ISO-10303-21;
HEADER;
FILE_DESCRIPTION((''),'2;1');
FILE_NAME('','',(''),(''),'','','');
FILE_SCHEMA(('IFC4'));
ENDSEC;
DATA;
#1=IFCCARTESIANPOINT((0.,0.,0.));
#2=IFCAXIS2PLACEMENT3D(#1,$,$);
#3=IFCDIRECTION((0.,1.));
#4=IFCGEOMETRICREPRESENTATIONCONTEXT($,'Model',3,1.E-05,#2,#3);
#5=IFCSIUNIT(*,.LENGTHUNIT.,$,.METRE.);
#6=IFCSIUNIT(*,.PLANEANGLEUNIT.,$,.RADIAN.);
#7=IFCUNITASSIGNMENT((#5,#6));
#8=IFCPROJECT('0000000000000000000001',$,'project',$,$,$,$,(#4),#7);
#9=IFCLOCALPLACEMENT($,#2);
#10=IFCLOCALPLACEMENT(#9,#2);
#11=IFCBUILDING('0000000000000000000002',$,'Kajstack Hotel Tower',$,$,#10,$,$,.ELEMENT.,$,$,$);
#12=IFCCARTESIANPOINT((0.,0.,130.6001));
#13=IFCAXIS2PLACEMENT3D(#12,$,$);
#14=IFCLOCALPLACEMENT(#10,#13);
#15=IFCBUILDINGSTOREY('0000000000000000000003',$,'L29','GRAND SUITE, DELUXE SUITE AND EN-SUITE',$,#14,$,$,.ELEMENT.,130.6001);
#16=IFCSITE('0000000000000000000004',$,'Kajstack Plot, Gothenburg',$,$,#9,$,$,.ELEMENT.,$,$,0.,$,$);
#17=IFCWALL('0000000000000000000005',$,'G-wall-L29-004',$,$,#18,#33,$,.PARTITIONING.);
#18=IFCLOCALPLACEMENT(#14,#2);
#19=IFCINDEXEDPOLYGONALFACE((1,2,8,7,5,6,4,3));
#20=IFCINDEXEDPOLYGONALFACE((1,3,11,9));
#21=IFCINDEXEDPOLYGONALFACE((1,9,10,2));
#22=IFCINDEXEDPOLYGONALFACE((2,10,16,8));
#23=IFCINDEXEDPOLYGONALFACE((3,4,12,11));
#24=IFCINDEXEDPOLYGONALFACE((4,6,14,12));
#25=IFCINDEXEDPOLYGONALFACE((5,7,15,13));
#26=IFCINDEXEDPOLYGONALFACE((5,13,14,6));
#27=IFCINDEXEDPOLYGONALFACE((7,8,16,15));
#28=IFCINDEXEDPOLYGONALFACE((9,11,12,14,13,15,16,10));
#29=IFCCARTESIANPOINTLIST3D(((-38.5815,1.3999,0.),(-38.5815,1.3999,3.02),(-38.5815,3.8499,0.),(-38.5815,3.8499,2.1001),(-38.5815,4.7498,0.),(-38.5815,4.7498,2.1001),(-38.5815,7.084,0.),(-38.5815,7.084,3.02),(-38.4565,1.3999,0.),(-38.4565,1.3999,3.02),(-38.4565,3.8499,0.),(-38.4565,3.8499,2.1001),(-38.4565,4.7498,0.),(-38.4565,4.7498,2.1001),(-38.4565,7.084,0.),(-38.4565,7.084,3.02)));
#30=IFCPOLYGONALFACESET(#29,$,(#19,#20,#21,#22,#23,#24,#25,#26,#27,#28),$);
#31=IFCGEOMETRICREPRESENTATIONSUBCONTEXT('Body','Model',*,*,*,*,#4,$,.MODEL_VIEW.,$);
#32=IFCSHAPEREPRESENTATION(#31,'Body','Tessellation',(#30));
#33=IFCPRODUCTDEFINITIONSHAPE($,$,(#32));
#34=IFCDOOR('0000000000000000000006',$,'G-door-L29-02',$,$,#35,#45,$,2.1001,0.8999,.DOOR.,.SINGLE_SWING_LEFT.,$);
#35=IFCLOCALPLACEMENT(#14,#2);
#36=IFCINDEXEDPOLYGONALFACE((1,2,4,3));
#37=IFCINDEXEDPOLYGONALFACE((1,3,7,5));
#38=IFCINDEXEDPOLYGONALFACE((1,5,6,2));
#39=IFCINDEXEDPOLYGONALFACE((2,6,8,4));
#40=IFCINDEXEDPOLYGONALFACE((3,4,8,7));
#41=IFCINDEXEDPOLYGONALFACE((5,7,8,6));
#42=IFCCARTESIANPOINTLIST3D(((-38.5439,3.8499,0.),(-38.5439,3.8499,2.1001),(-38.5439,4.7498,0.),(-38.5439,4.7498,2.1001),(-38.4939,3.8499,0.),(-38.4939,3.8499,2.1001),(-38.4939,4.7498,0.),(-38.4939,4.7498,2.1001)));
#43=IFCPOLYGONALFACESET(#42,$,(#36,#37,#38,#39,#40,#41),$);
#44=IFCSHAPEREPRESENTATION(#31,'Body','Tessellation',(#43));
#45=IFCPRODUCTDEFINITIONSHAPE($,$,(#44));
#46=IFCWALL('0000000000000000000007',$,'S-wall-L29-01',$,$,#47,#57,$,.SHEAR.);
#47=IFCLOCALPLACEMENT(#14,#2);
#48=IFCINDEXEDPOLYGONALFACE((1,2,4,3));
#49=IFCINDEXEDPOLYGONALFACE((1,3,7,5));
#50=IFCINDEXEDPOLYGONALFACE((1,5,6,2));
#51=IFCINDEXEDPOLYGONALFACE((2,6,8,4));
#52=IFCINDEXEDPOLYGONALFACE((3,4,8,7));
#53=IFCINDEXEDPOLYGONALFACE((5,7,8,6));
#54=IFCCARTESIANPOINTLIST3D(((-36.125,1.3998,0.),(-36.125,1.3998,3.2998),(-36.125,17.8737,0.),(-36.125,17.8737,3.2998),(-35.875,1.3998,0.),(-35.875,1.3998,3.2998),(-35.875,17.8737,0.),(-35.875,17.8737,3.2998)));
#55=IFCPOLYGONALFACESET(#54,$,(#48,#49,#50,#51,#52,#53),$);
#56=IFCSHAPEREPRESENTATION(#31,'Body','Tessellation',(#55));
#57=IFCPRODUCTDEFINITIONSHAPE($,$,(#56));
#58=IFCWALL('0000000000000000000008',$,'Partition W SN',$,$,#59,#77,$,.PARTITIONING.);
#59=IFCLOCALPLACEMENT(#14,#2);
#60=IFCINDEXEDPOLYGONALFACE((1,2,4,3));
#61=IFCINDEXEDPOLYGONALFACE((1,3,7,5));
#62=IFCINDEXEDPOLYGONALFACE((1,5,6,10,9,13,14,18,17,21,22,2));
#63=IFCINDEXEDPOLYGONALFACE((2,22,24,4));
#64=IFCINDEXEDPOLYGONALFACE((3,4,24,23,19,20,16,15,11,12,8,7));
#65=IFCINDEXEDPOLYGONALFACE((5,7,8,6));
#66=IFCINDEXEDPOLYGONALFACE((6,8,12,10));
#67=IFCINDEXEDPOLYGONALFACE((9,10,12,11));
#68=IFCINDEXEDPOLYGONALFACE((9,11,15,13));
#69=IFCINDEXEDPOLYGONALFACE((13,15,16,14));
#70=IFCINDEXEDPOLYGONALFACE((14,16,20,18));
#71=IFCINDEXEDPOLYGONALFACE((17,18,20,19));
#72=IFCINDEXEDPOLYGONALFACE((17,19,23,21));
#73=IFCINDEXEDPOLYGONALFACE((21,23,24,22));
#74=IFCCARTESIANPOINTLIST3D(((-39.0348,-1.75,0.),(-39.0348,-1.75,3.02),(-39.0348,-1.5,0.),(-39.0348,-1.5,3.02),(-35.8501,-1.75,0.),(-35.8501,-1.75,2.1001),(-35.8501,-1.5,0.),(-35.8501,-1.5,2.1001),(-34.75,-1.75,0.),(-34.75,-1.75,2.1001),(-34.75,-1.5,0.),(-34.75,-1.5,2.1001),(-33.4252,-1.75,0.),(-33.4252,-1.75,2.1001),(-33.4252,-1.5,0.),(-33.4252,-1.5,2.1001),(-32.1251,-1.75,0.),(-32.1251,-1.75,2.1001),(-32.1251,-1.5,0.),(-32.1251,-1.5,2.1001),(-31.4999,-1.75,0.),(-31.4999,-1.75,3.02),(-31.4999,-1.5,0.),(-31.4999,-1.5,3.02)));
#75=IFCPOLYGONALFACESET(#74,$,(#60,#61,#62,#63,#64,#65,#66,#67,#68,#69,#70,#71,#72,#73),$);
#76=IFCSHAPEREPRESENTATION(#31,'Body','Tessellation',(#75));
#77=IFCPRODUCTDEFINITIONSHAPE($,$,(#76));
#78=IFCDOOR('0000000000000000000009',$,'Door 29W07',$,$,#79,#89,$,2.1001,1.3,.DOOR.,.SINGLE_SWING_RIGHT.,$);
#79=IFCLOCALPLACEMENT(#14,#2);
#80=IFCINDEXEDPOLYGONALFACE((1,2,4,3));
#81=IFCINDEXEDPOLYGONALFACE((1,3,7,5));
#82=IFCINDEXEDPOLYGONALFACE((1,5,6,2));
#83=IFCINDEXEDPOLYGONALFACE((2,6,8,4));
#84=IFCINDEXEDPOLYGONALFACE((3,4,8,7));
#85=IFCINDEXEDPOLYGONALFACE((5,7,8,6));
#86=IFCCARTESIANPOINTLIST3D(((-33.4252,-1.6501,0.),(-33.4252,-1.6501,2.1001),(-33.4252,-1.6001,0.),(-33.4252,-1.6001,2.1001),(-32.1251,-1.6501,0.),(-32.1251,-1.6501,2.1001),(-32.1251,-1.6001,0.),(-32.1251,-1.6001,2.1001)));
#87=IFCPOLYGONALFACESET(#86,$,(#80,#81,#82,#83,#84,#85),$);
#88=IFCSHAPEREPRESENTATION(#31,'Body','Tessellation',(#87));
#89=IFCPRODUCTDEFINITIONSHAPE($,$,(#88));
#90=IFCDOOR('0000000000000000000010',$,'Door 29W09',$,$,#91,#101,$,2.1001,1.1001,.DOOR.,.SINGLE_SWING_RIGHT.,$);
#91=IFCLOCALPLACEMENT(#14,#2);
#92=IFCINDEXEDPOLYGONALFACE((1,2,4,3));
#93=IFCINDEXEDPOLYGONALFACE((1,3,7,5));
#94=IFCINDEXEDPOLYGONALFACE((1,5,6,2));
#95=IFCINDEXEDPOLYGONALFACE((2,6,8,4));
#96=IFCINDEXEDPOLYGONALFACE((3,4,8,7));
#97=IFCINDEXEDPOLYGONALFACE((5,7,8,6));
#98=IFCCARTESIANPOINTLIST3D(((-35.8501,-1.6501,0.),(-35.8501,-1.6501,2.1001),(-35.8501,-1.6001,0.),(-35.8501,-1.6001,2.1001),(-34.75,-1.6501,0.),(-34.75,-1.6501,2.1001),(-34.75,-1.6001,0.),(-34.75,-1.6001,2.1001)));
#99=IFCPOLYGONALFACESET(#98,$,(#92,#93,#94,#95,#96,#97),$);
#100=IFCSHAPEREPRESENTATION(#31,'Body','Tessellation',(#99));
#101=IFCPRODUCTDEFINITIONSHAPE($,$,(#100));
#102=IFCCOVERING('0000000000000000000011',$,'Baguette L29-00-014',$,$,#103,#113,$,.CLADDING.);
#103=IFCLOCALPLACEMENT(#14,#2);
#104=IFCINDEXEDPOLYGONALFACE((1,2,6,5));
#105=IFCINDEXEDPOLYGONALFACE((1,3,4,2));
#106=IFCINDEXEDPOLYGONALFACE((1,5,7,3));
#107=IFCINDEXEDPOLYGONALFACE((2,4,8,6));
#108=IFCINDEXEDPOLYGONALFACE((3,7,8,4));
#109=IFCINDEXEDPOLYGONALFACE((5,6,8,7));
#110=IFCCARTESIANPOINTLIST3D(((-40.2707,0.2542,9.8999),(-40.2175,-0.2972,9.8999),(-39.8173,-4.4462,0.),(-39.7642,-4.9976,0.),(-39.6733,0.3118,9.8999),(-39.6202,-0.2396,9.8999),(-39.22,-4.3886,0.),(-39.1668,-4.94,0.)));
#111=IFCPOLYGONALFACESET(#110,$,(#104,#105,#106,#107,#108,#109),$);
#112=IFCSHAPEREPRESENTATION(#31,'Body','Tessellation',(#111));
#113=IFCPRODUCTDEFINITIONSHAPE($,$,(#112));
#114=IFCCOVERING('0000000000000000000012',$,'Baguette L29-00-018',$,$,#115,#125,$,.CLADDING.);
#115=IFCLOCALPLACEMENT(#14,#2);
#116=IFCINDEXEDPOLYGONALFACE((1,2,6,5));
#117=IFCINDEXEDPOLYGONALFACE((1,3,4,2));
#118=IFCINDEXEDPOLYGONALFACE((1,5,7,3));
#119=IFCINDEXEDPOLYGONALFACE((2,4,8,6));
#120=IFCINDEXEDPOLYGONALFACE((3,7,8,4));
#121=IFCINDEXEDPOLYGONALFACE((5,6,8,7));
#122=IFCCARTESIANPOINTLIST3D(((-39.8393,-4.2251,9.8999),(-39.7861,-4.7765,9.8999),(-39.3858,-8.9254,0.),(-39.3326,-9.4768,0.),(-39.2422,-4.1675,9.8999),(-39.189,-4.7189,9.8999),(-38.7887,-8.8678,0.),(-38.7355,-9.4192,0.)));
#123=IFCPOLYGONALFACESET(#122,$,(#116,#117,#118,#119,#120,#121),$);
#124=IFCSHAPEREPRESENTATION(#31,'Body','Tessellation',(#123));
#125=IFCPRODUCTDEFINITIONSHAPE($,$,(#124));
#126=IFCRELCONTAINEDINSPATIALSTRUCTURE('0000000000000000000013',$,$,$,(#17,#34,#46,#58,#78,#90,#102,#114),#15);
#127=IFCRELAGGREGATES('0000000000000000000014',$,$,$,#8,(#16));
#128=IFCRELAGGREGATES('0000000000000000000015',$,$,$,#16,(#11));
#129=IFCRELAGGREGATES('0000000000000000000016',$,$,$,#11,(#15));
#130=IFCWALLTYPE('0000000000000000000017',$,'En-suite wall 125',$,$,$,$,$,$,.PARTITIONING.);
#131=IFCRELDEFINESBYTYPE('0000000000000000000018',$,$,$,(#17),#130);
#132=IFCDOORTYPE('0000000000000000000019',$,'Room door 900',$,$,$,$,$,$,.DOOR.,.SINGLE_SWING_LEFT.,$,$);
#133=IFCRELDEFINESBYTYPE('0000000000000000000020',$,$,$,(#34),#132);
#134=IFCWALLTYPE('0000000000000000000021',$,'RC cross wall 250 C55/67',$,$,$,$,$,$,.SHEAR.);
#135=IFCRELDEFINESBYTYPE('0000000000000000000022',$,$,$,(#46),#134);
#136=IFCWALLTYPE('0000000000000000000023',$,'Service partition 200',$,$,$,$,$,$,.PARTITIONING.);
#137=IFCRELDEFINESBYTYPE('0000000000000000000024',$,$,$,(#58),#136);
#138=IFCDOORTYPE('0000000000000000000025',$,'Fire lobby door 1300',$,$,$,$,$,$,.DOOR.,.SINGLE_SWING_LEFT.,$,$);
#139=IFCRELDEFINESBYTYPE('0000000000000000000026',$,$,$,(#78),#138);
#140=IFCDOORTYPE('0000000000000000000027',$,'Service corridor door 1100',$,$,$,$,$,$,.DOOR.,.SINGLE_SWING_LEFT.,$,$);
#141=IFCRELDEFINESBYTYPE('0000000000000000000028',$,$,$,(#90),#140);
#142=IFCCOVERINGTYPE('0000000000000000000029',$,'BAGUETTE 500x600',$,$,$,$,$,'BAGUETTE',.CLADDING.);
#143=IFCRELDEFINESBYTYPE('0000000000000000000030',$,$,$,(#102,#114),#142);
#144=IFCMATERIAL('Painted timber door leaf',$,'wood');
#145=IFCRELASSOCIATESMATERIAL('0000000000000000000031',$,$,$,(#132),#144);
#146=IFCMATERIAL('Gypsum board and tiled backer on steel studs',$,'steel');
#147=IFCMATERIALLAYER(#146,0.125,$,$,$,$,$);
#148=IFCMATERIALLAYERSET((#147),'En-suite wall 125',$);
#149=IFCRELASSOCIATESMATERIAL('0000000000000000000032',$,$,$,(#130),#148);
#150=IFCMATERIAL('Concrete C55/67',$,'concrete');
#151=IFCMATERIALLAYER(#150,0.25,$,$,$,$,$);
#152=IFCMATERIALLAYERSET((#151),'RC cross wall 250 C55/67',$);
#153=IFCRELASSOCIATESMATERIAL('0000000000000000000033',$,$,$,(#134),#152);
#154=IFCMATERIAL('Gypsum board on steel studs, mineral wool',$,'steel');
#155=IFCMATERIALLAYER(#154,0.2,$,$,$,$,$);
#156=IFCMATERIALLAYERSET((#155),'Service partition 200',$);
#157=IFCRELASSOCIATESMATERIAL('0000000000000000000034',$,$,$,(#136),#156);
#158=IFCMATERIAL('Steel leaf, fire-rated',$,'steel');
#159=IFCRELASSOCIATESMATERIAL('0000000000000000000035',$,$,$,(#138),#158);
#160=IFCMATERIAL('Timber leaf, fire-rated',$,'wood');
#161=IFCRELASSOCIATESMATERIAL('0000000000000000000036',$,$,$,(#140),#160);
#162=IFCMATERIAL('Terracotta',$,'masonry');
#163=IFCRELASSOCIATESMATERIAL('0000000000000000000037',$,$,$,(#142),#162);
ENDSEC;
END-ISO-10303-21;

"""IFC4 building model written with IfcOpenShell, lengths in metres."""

from ifc_helpers import new_model, si_unit, direction, frame, frame_2d, origin, origin_2d, place, context, subcontext, project, spatial, polyline, rectangle, outline, extrude, material, layer, layer_set, material_profile, profile_set, type_object, element, fill, save


model = new_model("IFC4")

# Units and contexts
model_context = context("Model", 3, precision=1e-05, world=origin(), true_north=direction((0.0, 1.0)))
body_context = subcontext(model_context, "Body", "Model", "MODEL_VIEW")
ifc_project = project(units=[si_unit("LENGTHUNIT", "METRE"), si_unit("PLANEANGLEUNIT", "RADIAN")], contexts=[model_context])

# Site, building, storey
site_placement = place(None, origin())
site = spatial("IfcSite", under=ifc_project, at=site_placement, Name="Kajstack Plot, Gothenburg", CompositionType="ELEMENT", RefElevation=0.0)
building_placement = place(site_placement, origin())
building = spatial("IfcBuilding", under=site, at=building_placement, Name="Kajstack Hotel Tower", CompositionType="ELEMENT")
storey_placement = place(building_placement, frame((0.0, 0.0, 130.6001)))
storey = spatial("IfcBuildingStorey", under=building, at=storey_placement, Name="L29", Description="GRAND SUITE, DELUXE SUITE AND EN-SUITE", CompositionType="ELEMENT", Elevation=130.6001)

# Shared definitions
ifc_material_1 = material(Name="Gypsum board on steel studs, mineral wool", Category="steel")
ifc_material_2 = material(Name="Painted timber door leaf", Category="wood")
door_type_1 = type_object("IfcDoorType", Name="Room door 900", OperationType="SINGLE_SWING_LEFT", PredefinedType="DOOR", material=ifc_material_2)

# Wall, opening, door
ifc_material_3 = material(Name="Gypsum board and tiled backer on steel studs", Category="steel")
ifc_layer_1 = layer(ifc_material_3, 0.125)
ifc_layer_set_1 = layer_set([ifc_layer_1], Name="En-suite wall 125")
wall_type_1 = type_object("IfcWallType", Name="En-suite wall 125", PredefinedType="PARTITIONING", material=ifc_layer_set_1)
wall_1_placement = place(storey_placement, frame((-38.519, 1.3999, 0.0), z_axis=(0.0, 0.0, 1.0), x_axis=(0.0, 1.0, 0.0)))
wall_1 = element("IfcWall", 1, at=wall_1_placement, inside=storey, type_object=wall_type_1, Name="G-wall-L29-004", PredefinedType="PARTITIONING", context=body_context, shape_type="SweptSolid", body=[
    extrude(rectangle(XDim=5.6841, YDim=0.125, at=frame_2d((2.842, 0.0))), origin(), (0.0, 0.0, 1.0), 3.02),
])
opening_1_placement = place(wall_1_placement, frame((2.45, 0.0, 0.0)))
opening_1 = element("IfcOpeningElement", 2, at=opening_1_placement, cuts=wall_1, PredefinedType="OPENING", context=body_context, shape_type="SweptSolid", body=[
    extrude(rectangle(XDim=0.8999, YDim=2.1001, at=frame_2d((0.45, 1.05))), frame((0.0, 0.0725, 0.0), z_axis=(0.0, -1.0, 0.0), x_axis=(1.0, 0.0, 0.0)), (0.0, 0.0, 1.0), 0.145),
])
door_1_placement = place(opening_1_placement, origin())
door_1 = element("IfcDoor", 3, at=door_1_placement, inside=storey, type_object=door_type_1, Name="G-door-L29-02", OperationType="SINGLE_SWING_LEFT", OverallHeight=2.1001, OverallWidth=0.8999, PredefinedType="DOOR", context=body_context, shape_type="SweptSolid", body=[
    extrude(rectangle(XDim=0.8999, YDim=2.1001, at=frame_2d((0.45, 1.05))), frame((0.0, 0.0249, 0.0), z_axis=(0.0, -1.0, 0.0), x_axis=(1.0, 0.0, 0.0)), (0.0, 0.0, 1.0), 0.05),
])
fill(opening_1, door_1)

# Wall
ifc_material_4 = material(Name="Concrete C55/67", Category="concrete")
ifc_layer_2 = layer(ifc_material_4, 0.25)
ifc_layer_set_2 = layer_set([ifc_layer_2], Name="RC cross wall 250 C55/67")
wall_type_2 = type_object("IfcWallType", Name="RC cross wall 250 C55/67", PredefinedType="SHEAR", material=ifc_layer_set_2)
wall_2_placement = place(storey_placement, frame((-36.0, 1.3999, 0.0), z_axis=(0.0, 0.0, 1.0), x_axis=(0.0, 1.0, 0.0)))
element("IfcWall", 4, at=wall_2_placement, inside=storey, type_object=wall_type_2, Name="S-wall-L29-01", PredefinedType="SHEAR", context=body_context, shape_type="SweptSolid", body=[
    extrude(rectangle(XDim=16.4739, YDim=0.25, at=frame_2d((8.2368, 0.0))), origin(), (0.0, 0.0, 1.0), 3.2998),
])

# Wall, openings, doors
ifc_layer_3 = layer(ifc_material_1, 0.2)
ifc_layer_set_3 = layer_set([ifc_layer_3], Name="Service partition 200")
wall_type_3 = type_object("IfcWallType", Name="Service partition 200", PredefinedType="PARTITIONING", material=ifc_layer_set_3)
wall_3_placement = place(storey_placement, frame((-39.0349, -1.625, 0.0), z_axis=(0.0, 0.0, 1.0), x_axis=(1.0, 0.0, 0.0)))
wall_3 = element("IfcWall", 5, at=wall_3_placement, inside=storey, type_object=wall_type_3, Name="Partition W SN", PredefinedType="PARTITIONING", context=body_context, shape_type="SweptSolid", body=[
    extrude(rectangle(XDim=7.5349, YDim=0.25, at=frame_2d((3.7676, 0.0))), origin(), (0.0, 0.0, 1.0), 3.02),
])
opening_2_placement = place(wall_3_placement, frame((5.6099, 0.0, 0.0)))
opening_2 = element("IfcOpeningElement", 6, at=opening_2_placement, cuts=wall_3, PredefinedType="OPENING", context=body_context, shape_type="SweptSolid", body=[
    extrude(rectangle(XDim=1.3, YDim=2.1001, at=frame_2d((0.6499, 1.05))), frame((0.0, 0.135, 0.0), z_axis=(0.0, -1.0, 0.0), x_axis=(1.0, 0.0, 0.0)), (0.0, 0.0, 1.0), 0.27),
])
opening_3_placement = place(wall_3_placement, frame((3.1848, 0.0, 0.0)))
opening_3 = element("IfcOpeningElement", 7, at=opening_3_placement, cuts=wall_3, PredefinedType="OPENING", context=body_context, shape_type="SweptSolid", body=[
    extrude(rectangle(XDim=1.1001, YDim=2.1001, at=frame_2d((0.55, 1.05))), frame((0.0, 0.135, 0.0), z_axis=(0.0, -1.0, 0.0), x_axis=(1.0, 0.0, 0.0)), (0.0, 0.0, 1.0), 0.27),
])
ifc_material_5 = material(Name="Steel leaf, fire-rated", Category="steel")
door_type_2 = type_object("IfcDoorType", Name="Fire lobby door 1300", OperationType="SINGLE_SWING_LEFT", PredefinedType="DOOR", material=ifc_material_5)
door_2_placement = place(opening_2_placement, origin())
door_2 = element("IfcDoor", 8, at=door_2_placement, inside=storey, type_object=door_type_2, Name="Door 29W07", OperationType="SINGLE_SWING_RIGHT", OverallHeight=2.1001, OverallWidth=1.3, PredefinedType="DOOR", context=body_context, shape_type="SweptSolid", body=[
    extrude(rectangle(XDim=1.3, YDim=2.1001, at=frame_2d((0.6499, 1.05))), frame((0.0, 0.0249, 0.0), z_axis=(0.0, -1.0, 0.0), x_axis=(1.0, 0.0, 0.0)), (0.0, 0.0, 1.0), 0.05),
])
fill(opening_2, door_2)
ifc_material_6 = material(Name="Timber leaf, fire-rated", Category="wood")
door_type_3 = type_object("IfcDoorType", Name="Service corridor door 1100", OperationType="SINGLE_SWING_LEFT", PredefinedType="DOOR", material=ifc_material_6)
door_3_placement = place(opening_3_placement, origin())
door_3 = element("IfcDoor", 9, at=door_3_placement, inside=storey, type_object=door_type_3, Name="Door 29W09", OperationType="SINGLE_SWING_RIGHT", OverallHeight=2.1001, OverallWidth=1.1001, PredefinedType="DOOR", context=body_context, shape_type="SweptSolid", body=[
    extrude(rectangle(XDim=1.1001, YDim=2.1001, at=frame_2d((0.55, 1.05))), frame((0.0, 0.0249, 0.0), z_axis=(0.0, -1.0, 0.0), x_axis=(1.0, 0.0, 0.0)), (0.0, 0.0, 1.0), 0.05),
])
fill(opening_3, door_3)

# Coverings
ifc_material_7 = material(Name="Terracotta", Category="masonry")
ifc_material_profile = material_profile(ifc_material_7, rectangle(XDim=0.6001, YDim=0.5, at=origin_2d()), Name="Terracotta-clad concrete baguette 500 x 600")
ifc_profile_set = profile_set([ifc_material_profile], Name="Terracotta")
covering_type = type_object("IfcCoveringType", Name="BAGUETTE 500x600", ElementType="BAGUETTE", PredefinedType="CLADDING", material=ifc_profile_set)
covering_1_placement = place(storey_placement, frame((-39.6733, 0.3118, 0.0), z_axis=(-0.995381, -0.095999, 0.0), x_axis=(0.095999, -0.995381, 0.0)))
element("IfcCovering", 10, at=covering_1_placement, inside=storey, type_object=covering_type, Name="Baguette L29-00-014", PredefinedType="CLADDING", context=body_context, shape_type="SweptSolid", body=[
    extrude(outline(polyline([(0.0, 9.8999), (4.7222, 0.0), (5.2761, 0.0), (0.554, 9.8999), (0.0, 9.8999)])), origin(), (0.0, 0.0, 1.0), 0.6001),
])
covering_2_placement = place(storey_placement, frame((-39.2422, -4.1675, 0.0), z_axis=(-0.995378, -0.096038, 0.0), x_axis=(0.096038, -0.995378, 0.0)))
element("IfcCovering", 11, at=covering_2_placement, inside=storey, type_object=covering_type, Name="Baguette L29-00-018", PredefinedType="CLADDING", context=body_context, shape_type="SweptSolid", body=[
    extrude(outline(polyline([(0.0, 9.8999), (4.7222, 0.0), (5.2761, 0.0), (0.554, 9.8999), (0.0, 9.8999)])), origin(), (0.0, 0.0, 1.0), 0.5999),
])

save(model, "model.ifc")
